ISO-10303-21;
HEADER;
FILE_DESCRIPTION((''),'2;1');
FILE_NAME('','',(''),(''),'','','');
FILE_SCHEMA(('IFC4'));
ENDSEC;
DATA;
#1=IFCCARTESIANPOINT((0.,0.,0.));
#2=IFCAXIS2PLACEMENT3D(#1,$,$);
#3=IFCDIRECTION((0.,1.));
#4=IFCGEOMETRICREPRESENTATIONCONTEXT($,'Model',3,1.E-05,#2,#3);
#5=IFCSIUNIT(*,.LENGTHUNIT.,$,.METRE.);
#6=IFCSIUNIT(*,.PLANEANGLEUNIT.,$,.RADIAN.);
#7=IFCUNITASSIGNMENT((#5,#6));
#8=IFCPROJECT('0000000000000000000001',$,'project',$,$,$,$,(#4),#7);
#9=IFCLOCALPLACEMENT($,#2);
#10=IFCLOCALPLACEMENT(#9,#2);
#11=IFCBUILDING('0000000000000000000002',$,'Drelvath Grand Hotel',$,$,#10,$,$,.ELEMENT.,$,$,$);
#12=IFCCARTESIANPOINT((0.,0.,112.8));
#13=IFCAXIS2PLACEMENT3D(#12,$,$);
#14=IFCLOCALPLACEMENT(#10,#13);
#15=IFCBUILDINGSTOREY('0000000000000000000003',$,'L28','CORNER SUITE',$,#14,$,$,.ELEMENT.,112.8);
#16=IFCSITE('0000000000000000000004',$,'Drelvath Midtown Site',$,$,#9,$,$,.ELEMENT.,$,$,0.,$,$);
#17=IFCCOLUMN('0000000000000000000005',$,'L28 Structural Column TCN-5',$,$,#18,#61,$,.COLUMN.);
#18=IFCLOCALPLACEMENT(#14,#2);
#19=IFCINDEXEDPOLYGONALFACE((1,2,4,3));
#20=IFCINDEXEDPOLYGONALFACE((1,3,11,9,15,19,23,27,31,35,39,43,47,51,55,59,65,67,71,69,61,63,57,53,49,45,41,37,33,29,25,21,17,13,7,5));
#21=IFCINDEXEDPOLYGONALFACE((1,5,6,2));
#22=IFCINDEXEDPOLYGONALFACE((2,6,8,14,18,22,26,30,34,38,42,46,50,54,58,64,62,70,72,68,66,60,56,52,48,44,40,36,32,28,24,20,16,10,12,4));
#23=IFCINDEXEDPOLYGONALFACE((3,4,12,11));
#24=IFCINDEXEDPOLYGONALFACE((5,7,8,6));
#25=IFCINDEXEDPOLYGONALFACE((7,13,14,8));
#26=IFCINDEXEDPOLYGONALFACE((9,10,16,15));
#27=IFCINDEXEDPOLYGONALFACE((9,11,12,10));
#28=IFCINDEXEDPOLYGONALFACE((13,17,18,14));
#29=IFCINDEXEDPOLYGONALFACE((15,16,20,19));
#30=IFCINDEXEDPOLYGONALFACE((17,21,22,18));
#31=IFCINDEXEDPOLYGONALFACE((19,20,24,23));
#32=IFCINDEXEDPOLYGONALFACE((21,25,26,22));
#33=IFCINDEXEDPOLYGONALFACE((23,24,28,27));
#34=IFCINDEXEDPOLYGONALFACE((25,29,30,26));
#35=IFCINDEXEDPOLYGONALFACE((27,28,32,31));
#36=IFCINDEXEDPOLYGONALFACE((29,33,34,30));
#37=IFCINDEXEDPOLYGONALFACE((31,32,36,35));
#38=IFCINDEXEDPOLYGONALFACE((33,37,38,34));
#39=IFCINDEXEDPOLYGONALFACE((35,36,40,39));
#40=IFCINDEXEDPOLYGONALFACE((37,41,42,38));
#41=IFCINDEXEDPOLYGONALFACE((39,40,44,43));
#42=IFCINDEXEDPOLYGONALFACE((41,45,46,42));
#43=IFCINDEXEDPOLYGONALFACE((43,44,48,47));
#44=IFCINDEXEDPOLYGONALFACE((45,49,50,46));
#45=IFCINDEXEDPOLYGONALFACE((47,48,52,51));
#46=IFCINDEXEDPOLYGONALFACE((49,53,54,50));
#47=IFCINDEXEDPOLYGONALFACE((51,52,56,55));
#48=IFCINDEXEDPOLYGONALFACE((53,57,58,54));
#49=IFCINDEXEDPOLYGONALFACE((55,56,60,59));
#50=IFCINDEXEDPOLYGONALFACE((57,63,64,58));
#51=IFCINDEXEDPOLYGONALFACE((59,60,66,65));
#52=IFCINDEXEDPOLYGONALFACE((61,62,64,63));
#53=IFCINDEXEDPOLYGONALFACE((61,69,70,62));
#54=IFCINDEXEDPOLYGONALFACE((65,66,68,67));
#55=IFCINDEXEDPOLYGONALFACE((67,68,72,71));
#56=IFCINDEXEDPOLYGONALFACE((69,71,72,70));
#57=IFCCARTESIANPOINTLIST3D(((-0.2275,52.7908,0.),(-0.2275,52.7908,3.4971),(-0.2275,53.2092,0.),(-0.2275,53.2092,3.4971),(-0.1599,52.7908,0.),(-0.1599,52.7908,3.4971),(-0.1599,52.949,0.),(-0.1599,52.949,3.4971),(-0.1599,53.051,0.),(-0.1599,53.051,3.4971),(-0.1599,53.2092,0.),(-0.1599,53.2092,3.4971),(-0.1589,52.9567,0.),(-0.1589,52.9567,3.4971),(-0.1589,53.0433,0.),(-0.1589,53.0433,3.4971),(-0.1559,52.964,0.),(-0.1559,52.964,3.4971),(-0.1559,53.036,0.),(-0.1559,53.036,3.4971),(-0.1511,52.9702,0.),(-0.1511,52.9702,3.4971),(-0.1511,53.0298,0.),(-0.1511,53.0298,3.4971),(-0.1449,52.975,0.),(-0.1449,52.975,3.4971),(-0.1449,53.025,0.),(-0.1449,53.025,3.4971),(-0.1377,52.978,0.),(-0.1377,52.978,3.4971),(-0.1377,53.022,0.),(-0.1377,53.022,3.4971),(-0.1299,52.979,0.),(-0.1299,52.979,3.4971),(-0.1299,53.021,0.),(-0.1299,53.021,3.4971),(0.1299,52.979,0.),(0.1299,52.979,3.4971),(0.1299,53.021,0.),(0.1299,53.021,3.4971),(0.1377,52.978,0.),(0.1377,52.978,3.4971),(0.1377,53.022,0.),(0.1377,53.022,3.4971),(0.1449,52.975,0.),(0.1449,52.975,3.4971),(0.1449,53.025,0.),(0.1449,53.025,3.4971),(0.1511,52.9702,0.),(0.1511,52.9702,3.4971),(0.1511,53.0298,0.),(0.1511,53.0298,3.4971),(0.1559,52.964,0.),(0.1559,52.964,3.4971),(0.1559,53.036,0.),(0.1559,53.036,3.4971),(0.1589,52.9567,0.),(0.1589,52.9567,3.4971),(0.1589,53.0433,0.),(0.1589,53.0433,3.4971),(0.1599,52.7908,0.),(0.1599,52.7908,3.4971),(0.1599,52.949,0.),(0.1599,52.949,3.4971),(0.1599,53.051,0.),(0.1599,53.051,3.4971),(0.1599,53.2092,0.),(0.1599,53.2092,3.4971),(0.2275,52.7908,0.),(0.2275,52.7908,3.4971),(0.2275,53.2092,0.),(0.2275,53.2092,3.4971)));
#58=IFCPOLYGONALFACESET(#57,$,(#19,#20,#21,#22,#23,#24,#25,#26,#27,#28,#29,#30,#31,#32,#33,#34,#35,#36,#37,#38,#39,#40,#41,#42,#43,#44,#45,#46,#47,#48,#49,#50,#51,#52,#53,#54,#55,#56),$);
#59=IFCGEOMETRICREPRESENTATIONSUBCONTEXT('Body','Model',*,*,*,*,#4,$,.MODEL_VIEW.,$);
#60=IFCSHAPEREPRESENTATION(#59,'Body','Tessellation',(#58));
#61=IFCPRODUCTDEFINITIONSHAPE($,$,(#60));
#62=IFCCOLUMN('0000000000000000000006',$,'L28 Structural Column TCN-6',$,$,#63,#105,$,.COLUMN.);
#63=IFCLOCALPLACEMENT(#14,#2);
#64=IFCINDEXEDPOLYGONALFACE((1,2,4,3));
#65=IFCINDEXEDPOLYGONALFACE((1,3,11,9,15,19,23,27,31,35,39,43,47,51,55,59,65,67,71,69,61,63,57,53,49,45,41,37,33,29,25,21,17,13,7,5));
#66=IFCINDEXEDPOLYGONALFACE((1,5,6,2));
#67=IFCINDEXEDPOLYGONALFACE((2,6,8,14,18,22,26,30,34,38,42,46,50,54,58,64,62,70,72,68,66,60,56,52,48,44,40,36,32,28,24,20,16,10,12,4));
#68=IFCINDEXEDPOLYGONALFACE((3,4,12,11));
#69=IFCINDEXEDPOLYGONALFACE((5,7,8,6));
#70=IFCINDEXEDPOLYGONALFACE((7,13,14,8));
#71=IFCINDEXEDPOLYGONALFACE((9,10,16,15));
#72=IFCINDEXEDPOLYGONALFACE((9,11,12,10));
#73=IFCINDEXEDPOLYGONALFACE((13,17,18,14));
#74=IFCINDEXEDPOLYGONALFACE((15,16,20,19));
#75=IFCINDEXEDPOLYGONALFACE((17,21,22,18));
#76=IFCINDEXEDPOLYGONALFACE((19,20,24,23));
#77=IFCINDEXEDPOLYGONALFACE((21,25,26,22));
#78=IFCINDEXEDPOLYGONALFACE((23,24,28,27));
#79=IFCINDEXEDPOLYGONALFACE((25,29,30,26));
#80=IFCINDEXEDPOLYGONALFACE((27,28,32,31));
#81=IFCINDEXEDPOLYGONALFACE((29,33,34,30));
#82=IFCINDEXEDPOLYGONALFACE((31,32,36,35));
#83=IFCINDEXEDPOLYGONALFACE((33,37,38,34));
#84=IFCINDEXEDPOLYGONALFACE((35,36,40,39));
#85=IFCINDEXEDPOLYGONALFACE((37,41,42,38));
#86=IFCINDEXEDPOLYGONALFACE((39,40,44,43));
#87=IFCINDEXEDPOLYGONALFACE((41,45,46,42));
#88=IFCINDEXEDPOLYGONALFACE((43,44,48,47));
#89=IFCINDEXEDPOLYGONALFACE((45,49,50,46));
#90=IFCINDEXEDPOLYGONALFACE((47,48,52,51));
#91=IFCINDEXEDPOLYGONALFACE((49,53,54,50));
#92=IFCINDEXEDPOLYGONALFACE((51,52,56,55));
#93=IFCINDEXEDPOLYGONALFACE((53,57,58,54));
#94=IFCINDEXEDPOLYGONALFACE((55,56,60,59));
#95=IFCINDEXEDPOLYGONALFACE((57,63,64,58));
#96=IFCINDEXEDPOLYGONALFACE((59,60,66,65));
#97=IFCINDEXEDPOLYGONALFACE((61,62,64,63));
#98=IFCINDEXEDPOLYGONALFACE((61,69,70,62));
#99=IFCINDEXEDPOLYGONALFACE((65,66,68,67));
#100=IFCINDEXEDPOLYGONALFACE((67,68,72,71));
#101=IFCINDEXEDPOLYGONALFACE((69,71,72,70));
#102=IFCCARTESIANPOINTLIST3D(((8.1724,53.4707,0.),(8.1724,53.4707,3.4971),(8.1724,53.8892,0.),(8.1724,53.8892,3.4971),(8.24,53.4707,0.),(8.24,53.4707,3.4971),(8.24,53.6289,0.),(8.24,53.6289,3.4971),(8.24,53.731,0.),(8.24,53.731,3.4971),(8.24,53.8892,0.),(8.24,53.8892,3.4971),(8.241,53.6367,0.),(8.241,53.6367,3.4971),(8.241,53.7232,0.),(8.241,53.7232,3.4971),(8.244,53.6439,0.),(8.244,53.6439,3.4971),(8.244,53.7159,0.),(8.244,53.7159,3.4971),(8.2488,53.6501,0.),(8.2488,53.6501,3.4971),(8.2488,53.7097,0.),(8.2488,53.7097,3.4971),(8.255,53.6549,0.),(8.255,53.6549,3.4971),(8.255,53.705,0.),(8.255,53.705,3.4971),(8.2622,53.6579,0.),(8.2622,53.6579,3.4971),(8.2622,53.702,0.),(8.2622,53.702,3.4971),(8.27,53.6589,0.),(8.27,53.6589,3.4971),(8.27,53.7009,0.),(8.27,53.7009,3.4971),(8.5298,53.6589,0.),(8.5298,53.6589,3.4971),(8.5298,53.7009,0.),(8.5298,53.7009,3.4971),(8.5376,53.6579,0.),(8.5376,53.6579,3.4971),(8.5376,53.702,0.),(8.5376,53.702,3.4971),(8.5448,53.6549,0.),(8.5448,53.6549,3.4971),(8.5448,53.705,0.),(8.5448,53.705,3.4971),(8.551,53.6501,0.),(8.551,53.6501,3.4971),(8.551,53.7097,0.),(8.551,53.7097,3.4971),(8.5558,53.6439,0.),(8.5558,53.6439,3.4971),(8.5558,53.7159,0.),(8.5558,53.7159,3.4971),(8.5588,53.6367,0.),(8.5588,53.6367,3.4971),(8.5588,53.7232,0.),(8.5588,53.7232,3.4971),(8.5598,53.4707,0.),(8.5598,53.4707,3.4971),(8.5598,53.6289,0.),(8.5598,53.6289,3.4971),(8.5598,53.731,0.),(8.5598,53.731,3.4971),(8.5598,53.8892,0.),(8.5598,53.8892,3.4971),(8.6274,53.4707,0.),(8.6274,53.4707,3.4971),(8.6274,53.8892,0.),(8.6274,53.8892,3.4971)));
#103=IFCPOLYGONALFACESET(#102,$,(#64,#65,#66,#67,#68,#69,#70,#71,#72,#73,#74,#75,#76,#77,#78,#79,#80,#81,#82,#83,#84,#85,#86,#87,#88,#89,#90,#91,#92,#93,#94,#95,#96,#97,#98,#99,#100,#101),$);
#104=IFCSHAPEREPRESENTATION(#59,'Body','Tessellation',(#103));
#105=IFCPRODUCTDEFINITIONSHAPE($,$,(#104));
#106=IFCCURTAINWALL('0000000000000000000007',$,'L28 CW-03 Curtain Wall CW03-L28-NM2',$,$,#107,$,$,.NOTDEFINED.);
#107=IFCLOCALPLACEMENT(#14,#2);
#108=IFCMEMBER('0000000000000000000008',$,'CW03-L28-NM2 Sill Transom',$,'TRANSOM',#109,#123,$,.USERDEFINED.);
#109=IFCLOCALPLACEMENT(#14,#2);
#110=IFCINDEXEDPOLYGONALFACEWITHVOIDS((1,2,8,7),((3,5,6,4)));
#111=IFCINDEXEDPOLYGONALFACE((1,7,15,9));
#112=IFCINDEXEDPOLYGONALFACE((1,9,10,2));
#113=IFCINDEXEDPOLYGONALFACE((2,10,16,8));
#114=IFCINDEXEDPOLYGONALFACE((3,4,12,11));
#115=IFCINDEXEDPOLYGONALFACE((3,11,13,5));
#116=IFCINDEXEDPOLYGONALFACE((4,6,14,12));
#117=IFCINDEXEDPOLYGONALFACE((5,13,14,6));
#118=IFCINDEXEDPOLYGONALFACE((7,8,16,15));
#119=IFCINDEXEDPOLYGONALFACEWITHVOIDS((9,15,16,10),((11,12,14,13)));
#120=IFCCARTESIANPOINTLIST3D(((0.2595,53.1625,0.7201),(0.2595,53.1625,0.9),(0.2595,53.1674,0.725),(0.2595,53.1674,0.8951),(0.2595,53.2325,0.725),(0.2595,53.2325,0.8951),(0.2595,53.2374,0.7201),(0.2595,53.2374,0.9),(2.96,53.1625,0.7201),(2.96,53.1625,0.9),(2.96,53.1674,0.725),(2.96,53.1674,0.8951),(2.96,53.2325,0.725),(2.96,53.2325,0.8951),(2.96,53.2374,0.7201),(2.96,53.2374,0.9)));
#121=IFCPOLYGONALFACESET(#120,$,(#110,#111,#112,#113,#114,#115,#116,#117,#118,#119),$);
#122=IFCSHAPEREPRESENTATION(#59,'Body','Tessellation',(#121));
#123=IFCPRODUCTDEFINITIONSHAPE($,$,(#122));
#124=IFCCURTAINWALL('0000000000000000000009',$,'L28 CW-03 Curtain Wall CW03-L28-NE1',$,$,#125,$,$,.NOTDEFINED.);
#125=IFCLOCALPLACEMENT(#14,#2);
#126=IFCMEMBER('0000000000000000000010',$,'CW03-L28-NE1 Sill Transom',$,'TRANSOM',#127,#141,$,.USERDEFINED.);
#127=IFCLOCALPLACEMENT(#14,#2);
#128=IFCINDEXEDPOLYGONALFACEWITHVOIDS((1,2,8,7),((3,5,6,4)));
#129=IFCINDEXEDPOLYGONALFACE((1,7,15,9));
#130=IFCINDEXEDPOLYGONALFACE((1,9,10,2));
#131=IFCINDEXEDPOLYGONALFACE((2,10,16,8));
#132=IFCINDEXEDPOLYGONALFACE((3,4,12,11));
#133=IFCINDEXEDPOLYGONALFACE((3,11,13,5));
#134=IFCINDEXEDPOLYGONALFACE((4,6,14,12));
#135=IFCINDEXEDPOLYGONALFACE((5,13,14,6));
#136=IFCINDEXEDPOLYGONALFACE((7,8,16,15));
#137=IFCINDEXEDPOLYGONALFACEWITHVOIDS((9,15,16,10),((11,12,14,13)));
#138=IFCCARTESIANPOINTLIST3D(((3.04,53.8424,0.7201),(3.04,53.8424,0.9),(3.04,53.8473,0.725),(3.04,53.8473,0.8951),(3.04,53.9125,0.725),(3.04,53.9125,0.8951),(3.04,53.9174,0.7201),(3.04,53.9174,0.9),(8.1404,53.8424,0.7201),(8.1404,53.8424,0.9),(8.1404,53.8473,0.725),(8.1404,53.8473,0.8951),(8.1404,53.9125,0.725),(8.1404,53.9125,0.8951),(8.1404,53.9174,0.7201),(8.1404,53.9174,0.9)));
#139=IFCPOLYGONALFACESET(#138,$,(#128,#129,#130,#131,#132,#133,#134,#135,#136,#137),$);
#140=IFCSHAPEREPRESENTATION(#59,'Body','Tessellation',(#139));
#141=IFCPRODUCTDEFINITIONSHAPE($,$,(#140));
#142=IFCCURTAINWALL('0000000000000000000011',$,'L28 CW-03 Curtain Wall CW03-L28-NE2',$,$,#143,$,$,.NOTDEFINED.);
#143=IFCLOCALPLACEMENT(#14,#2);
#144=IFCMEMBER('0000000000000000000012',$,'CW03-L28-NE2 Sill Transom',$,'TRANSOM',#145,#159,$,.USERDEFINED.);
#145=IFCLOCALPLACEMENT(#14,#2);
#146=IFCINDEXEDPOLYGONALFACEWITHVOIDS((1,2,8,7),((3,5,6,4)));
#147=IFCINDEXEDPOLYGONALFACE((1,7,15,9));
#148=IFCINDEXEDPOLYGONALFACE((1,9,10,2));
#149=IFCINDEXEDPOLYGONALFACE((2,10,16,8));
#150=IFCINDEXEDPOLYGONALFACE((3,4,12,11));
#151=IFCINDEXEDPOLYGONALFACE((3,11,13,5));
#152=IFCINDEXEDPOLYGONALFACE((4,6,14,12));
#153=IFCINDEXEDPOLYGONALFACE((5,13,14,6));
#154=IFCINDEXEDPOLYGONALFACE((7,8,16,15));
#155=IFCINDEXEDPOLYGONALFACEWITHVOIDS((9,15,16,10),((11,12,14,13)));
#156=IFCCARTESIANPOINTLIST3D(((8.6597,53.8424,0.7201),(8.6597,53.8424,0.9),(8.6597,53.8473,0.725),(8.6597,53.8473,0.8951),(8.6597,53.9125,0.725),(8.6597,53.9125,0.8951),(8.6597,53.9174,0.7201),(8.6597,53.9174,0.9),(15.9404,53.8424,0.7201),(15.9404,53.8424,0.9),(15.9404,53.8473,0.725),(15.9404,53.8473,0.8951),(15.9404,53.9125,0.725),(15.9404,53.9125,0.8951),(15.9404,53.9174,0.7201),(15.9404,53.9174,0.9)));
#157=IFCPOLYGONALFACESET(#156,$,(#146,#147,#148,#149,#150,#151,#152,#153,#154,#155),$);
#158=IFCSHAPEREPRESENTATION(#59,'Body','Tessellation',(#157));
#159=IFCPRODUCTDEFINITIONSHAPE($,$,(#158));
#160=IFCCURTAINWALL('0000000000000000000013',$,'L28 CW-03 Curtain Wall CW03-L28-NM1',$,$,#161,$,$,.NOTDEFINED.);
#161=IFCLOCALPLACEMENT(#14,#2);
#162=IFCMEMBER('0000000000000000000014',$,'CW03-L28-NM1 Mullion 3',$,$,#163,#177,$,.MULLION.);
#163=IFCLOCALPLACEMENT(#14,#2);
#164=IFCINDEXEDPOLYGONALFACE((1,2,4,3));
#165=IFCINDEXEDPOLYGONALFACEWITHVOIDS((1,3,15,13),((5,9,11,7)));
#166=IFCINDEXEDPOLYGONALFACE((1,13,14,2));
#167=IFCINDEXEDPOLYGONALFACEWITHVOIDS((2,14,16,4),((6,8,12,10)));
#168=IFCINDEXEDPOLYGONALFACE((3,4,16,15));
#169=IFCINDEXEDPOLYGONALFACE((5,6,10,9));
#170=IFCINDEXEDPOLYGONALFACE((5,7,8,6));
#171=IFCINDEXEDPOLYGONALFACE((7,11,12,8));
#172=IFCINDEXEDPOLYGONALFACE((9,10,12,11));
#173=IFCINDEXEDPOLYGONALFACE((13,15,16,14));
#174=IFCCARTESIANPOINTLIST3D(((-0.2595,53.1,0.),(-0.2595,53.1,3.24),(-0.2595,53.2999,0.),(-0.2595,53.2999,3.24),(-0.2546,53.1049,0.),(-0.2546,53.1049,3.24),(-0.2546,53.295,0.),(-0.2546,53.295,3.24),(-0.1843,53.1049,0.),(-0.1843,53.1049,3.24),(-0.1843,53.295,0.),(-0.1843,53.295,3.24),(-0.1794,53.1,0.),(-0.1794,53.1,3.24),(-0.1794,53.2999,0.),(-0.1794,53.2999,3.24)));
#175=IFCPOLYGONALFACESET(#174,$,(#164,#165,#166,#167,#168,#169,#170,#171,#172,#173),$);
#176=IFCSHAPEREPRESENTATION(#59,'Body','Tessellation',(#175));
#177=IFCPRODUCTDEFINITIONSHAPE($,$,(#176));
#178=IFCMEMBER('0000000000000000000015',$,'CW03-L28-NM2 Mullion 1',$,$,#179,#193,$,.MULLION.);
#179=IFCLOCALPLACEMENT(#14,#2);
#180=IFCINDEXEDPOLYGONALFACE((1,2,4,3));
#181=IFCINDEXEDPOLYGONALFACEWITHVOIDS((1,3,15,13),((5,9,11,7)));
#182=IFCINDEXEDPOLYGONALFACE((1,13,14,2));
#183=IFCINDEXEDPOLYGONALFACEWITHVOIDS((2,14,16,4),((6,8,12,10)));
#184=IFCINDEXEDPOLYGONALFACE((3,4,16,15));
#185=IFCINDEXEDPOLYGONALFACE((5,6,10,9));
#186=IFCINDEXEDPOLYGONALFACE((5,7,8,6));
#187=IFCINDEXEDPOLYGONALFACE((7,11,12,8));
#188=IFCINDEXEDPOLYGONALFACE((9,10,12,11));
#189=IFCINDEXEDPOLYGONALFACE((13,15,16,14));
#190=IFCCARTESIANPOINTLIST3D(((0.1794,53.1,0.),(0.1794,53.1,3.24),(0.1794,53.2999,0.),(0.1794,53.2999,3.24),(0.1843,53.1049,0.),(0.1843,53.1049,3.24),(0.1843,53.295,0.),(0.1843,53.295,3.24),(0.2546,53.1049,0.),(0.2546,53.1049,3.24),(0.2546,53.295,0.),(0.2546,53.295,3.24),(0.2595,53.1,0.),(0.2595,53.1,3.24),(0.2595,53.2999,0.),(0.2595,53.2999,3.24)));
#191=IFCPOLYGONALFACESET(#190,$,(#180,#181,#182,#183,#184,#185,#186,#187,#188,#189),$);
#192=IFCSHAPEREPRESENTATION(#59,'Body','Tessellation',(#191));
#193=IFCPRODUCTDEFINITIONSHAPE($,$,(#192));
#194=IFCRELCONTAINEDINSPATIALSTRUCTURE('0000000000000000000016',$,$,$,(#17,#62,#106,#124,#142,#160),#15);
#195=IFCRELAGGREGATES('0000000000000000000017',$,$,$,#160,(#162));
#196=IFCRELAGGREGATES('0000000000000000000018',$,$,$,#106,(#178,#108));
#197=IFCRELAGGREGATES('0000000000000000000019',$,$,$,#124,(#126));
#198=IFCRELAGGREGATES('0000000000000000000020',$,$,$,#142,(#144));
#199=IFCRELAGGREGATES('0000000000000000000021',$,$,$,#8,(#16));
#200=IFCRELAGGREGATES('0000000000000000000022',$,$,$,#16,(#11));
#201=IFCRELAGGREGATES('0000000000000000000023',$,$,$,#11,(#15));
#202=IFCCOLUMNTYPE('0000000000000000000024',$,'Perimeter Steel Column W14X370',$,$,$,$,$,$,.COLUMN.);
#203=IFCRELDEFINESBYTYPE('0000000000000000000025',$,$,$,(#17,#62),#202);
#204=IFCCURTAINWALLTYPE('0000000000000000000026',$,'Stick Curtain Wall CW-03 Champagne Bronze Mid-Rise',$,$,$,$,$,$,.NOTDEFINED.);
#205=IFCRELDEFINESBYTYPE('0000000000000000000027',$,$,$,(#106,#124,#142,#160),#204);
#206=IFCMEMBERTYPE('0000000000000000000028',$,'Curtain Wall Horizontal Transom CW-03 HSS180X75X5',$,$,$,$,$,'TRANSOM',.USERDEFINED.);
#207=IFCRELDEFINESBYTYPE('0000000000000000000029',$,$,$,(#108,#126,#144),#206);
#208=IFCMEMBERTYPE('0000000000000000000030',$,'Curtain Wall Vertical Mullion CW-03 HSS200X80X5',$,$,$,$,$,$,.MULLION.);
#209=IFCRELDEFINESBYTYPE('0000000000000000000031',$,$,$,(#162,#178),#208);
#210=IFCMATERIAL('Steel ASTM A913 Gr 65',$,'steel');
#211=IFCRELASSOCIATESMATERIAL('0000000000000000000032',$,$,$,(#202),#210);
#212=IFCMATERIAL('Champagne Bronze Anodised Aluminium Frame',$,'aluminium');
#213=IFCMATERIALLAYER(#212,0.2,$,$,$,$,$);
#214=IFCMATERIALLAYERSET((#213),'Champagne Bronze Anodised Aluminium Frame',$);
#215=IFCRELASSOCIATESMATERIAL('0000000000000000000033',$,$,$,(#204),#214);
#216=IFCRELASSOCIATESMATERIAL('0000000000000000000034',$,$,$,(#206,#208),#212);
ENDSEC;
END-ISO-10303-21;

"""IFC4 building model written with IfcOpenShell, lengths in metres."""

from ifc_helpers import new_model, si_unit, direction, frame, origin, origin_2d, place, context, subcontext, project, spatial, hollow_rectangle, i_section, extrude, material, layer, layer_set, material_profile, profile_set, type_object, element, aggregate, save


model = new_model("IFC4")

# Units and contexts
model_context = context("Model", 3, precision=1e-05, world=origin(), true_north=direction((0.0, 1.0)))
body_context = subcontext(model_context, "Body", "Model", "MODEL_VIEW")
ifc_project = project(units=[si_unit("LENGTHUNIT", "METRE"), si_unit("PLANEANGLEUNIT", "RADIAN")], contexts=[model_context])

# Site, building, storey
site_placement = place(None, origin())
site = spatial("IfcSite", under=ifc_project, at=site_placement, Name="Drelvath Midtown Site", CompositionType="ELEMENT", RefElevation=0.0)
building_placement = place(site_placement, origin())
building = spatial("IfcBuilding", under=site, at=building_placement, Name="Drelvath Grand Hotel", CompositionType="ELEMENT")
storey_placement = place(building_placement, frame((0.0, 0.0, 112.8)))
storey = spatial("IfcBuildingStorey", under=building, at=storey_placement, Name="L28", Description="CORNER SUITE", CompositionType="ELEMENT", Elevation=112.8)

# Columns
ifc_material_1 = material(Name="Steel ASTM A913 Gr 65", Category="steel")
ifc_material_profile_1 = material_profile(ifc_material_1, i_section(OverallWidth=0.4185, OverallDepth=0.4551, WebThickness=0.042, FlangeThickness=0.0676, FilletRadius=0.03, at=origin_2d()), Name="W14X370")
ifc_profile_set_1 = profile_set([ifc_material_profile_1], Name="Steel ASTM A913 Gr 65")
column_type = type_object("IfcColumnType", Name="Perimeter Steel Column W14X370", PredefinedType="COLUMN", material=ifc_profile_set_1)
for number, where, z_axis, x_axis, name in (
    (1, (0.0, 53.0, 0.0), (0.0, 0.0, 1.0), (0.0, 1.0, 0.0), "L28 Structural Column TCN-5"),
    (2, (8.3999, 53.6799, 0.0), (0.0, 0.0, 1.0), (0.0, 1.0, 0.0), "L28 Structural Column TCN-6"),
):
    element("IfcColumn", number, at=place(storey_placement, frame(where, z_axis=z_axis, x_axis=x_axis)), inside=storey, type_object=column_type, Name=name, PredefinedType="COLUMN", context=body_context, shape_type="SweptSolid", body=[
        extrude(i_section(OverallWidth=0.4185, OverallDepth=0.4551, WebThickness=0.042, FlangeThickness=0.0676, FilletRadius=0.03, at=origin_2d()), origin(), (0.0, 0.0, 1.0), 3.4971),
    ])

# Curtain walls, members
ifc_material_2 = material(Name="Champagne Bronze Anodised Aluminium Frame", Category="aluminium")
ifc_layer_1 = layer(ifc_material_2, 0.2)
ifc_layer_set_1 = layer_set([ifc_layer_1], Name="Champagne Bronze Anodised Aluminium Frame")
curtain_wall_type = type_object("IfcCurtainWallType", Name="Stick Curtain Wall CW-03 Champagne Bronze Mid-Rise", PredefinedType="NOTDEFINED", material=ifc_layer_set_1)
curtain_wall_1_placement = place(storey_placement, origin())
curtain_wall_1 = element("IfcCurtainWall", 3, at=curtain_wall_1_placement, inside=storey, type_object=curtain_wall_type, Name="L28 CW-03 Curtain Wall CW03-L28-NM2", PredefinedType="NOTDEFINED")
ifc_material_profile_2 = material_profile(ifc_material_2, hollow_rectangle(XDim=0.075, YDim=0.1799, WallThickness=0.0049, at=origin_2d()), Name="HSS180X75X5")
ifc_profile_set_2 = profile_set([ifc_material_profile_2], Name="Champagne Bronze Anodised Aluminium Frame")
member_type_1 = type_object("IfcMemberType", Name="Curtain Wall Horizontal Transom CW-03 HSS180X75X5", ElementType="TRANSOM", PredefinedType="USERDEFINED", material=ifc_profile_set_2)
member_1_placement = place(storey_placement, frame((0.2595, 53.2, 0.8101), z_axis=(1.0, 0.0, 0.0), x_axis=(0.0, 1.0, 0.0)))
member_1 = element("IfcMember", 4, at=member_1_placement, type_object=member_type_1, Name="CW03-L28-NM2 Sill Transom", ObjectType="TRANSOM", PredefinedType="USERDEFINED", context=body_context, shape_type="SweptSolid", body=[
    extrude(hollow_rectangle(XDim=0.075, YDim=0.1799, WallThickness=0.0049, at=origin_2d()), origin(), (0.0, 0.0, 1.0), 2.7004),
])
curtain_wall_2_placement = place(storey_placement, origin())
curtain_wall_2 = element("IfcCurtainWall", 5, at=curtain_wall_2_placement, inside=storey, type_object=curtain_wall_type, Name="L28 CW-03 Curtain Wall CW03-L28-NE1", PredefinedType="NOTDEFINED")
member_2_placement = place(storey_placement, frame((3.04, 53.8799, 0.8101), z_axis=(1.0, 0.0, 0.0), x_axis=(0.0, 1.0, 0.0)))
member_2 = element("IfcMember", 6, at=member_2_placement, type_object=member_type_1, Name="CW03-L28-NE1 Sill Transom", ObjectType="TRANSOM", PredefinedType="USERDEFINED", context=body_context, shape_type="SweptSolid", body=[
    extrude(hollow_rectangle(XDim=0.075, YDim=0.1799, WallThickness=0.0049, at=origin_2d()), origin(), (0.0, 0.0, 1.0), 5.1003),
])
curtain_wall_3_placement = place(storey_placement, origin())
curtain_wall_3 = element("IfcCurtainWall", 7, at=curtain_wall_3_placement, inside=storey, type_object=curtain_wall_type, Name="L28 CW-03 Curtain Wall CW03-L28-NE2", PredefinedType="NOTDEFINED")
member_3_placement = place(storey_placement, frame((8.6597, 53.8799, 0.8101), z_axis=(1.0, 0.0, 0.0), x_axis=(0.0, 1.0, 0.0)))
member_3 = element("IfcMember", 8, at=member_3_placement, type_object=member_type_1, Name="CW03-L28-NE2 Sill Transom", ObjectType="TRANSOM", PredefinedType="USERDEFINED", context=body_context, shape_type="SweptSolid", body=[
    extrude(hollow_rectangle(XDim=0.075, YDim=0.1799, WallThickness=0.0049, at=origin_2d()), origin(), (0.0, 0.0, 1.0), 7.2808),
])
curtain_wall_4_placement = place(storey_placement, origin())
curtain_wall_4 = element("IfcCurtainWall", 9, at=curtain_wall_4_placement, inside=storey, type_object=curtain_wall_type, Name="L28 CW-03 Curtain Wall CW03-L28-NM1", PredefinedType="NOTDEFINED")
ifc_material_profile_3 = material_profile(ifc_material_2, hollow_rectangle(XDim=0.0801, YDim=0.2, WallThickness=0.0049, at=origin_2d()), Name="HSS200X80X5")
ifc_profile_set_3 = profile_set([ifc_material_profile_3], Name="Champagne Bronze Anodised Aluminium Frame")
member_type_2 = type_object("IfcMemberType", Name="Curtain Wall Vertical Mullion CW-03 HSS200X80X5", PredefinedType="MULLION", material=ifc_profile_set_3)
member_4_placement = place(storey_placement, frame((-0.2195, 53.2, 0.0), z_axis=(0.0, 0.0, 1.0), x_axis=(1.0, 0.0, 0.0)))
member_4 = element("IfcMember", 10, at=member_4_placement, type_object=member_type_2, Name="CW03-L28-NM1 Mullion 3", PredefinedType="MULLION", context=body_context, shape_type="SweptSolid", body=[
    extrude(hollow_rectangle(XDim=0.0801, YDim=0.2, WallThickness=0.0049, at=origin_2d()), origin(), (0.0, 0.0, 1.0), 3.24),
])
aggregate(curtain_wall_4, [member_4])

# Member
member_5_placement = place(storey_placement, frame((0.2195, 53.2, 0.0), z_axis=(0.0, 0.0, 1.0), x_axis=(1.0, 0.0, 0.0)))
member_5 = element("IfcMember", 11, at=member_5_placement, type_object=member_type_2, Name="CW03-L28-NM2 Mullion 1", PredefinedType="MULLION", context=body_context, shape_type="SweptSolid", body=[
    extrude(hollow_rectangle(XDim=0.0801, YDim=0.2, WallThickness=0.0049, at=origin_2d()), origin(), (0.0, 0.0, 1.0), 3.24),
])

aggregate(curtain_wall_1, [member_5, member_1])
aggregate(curtain_wall_2, [member_2])
aggregate(curtain_wall_3, [member_3])

save(model, "model.ifc")
